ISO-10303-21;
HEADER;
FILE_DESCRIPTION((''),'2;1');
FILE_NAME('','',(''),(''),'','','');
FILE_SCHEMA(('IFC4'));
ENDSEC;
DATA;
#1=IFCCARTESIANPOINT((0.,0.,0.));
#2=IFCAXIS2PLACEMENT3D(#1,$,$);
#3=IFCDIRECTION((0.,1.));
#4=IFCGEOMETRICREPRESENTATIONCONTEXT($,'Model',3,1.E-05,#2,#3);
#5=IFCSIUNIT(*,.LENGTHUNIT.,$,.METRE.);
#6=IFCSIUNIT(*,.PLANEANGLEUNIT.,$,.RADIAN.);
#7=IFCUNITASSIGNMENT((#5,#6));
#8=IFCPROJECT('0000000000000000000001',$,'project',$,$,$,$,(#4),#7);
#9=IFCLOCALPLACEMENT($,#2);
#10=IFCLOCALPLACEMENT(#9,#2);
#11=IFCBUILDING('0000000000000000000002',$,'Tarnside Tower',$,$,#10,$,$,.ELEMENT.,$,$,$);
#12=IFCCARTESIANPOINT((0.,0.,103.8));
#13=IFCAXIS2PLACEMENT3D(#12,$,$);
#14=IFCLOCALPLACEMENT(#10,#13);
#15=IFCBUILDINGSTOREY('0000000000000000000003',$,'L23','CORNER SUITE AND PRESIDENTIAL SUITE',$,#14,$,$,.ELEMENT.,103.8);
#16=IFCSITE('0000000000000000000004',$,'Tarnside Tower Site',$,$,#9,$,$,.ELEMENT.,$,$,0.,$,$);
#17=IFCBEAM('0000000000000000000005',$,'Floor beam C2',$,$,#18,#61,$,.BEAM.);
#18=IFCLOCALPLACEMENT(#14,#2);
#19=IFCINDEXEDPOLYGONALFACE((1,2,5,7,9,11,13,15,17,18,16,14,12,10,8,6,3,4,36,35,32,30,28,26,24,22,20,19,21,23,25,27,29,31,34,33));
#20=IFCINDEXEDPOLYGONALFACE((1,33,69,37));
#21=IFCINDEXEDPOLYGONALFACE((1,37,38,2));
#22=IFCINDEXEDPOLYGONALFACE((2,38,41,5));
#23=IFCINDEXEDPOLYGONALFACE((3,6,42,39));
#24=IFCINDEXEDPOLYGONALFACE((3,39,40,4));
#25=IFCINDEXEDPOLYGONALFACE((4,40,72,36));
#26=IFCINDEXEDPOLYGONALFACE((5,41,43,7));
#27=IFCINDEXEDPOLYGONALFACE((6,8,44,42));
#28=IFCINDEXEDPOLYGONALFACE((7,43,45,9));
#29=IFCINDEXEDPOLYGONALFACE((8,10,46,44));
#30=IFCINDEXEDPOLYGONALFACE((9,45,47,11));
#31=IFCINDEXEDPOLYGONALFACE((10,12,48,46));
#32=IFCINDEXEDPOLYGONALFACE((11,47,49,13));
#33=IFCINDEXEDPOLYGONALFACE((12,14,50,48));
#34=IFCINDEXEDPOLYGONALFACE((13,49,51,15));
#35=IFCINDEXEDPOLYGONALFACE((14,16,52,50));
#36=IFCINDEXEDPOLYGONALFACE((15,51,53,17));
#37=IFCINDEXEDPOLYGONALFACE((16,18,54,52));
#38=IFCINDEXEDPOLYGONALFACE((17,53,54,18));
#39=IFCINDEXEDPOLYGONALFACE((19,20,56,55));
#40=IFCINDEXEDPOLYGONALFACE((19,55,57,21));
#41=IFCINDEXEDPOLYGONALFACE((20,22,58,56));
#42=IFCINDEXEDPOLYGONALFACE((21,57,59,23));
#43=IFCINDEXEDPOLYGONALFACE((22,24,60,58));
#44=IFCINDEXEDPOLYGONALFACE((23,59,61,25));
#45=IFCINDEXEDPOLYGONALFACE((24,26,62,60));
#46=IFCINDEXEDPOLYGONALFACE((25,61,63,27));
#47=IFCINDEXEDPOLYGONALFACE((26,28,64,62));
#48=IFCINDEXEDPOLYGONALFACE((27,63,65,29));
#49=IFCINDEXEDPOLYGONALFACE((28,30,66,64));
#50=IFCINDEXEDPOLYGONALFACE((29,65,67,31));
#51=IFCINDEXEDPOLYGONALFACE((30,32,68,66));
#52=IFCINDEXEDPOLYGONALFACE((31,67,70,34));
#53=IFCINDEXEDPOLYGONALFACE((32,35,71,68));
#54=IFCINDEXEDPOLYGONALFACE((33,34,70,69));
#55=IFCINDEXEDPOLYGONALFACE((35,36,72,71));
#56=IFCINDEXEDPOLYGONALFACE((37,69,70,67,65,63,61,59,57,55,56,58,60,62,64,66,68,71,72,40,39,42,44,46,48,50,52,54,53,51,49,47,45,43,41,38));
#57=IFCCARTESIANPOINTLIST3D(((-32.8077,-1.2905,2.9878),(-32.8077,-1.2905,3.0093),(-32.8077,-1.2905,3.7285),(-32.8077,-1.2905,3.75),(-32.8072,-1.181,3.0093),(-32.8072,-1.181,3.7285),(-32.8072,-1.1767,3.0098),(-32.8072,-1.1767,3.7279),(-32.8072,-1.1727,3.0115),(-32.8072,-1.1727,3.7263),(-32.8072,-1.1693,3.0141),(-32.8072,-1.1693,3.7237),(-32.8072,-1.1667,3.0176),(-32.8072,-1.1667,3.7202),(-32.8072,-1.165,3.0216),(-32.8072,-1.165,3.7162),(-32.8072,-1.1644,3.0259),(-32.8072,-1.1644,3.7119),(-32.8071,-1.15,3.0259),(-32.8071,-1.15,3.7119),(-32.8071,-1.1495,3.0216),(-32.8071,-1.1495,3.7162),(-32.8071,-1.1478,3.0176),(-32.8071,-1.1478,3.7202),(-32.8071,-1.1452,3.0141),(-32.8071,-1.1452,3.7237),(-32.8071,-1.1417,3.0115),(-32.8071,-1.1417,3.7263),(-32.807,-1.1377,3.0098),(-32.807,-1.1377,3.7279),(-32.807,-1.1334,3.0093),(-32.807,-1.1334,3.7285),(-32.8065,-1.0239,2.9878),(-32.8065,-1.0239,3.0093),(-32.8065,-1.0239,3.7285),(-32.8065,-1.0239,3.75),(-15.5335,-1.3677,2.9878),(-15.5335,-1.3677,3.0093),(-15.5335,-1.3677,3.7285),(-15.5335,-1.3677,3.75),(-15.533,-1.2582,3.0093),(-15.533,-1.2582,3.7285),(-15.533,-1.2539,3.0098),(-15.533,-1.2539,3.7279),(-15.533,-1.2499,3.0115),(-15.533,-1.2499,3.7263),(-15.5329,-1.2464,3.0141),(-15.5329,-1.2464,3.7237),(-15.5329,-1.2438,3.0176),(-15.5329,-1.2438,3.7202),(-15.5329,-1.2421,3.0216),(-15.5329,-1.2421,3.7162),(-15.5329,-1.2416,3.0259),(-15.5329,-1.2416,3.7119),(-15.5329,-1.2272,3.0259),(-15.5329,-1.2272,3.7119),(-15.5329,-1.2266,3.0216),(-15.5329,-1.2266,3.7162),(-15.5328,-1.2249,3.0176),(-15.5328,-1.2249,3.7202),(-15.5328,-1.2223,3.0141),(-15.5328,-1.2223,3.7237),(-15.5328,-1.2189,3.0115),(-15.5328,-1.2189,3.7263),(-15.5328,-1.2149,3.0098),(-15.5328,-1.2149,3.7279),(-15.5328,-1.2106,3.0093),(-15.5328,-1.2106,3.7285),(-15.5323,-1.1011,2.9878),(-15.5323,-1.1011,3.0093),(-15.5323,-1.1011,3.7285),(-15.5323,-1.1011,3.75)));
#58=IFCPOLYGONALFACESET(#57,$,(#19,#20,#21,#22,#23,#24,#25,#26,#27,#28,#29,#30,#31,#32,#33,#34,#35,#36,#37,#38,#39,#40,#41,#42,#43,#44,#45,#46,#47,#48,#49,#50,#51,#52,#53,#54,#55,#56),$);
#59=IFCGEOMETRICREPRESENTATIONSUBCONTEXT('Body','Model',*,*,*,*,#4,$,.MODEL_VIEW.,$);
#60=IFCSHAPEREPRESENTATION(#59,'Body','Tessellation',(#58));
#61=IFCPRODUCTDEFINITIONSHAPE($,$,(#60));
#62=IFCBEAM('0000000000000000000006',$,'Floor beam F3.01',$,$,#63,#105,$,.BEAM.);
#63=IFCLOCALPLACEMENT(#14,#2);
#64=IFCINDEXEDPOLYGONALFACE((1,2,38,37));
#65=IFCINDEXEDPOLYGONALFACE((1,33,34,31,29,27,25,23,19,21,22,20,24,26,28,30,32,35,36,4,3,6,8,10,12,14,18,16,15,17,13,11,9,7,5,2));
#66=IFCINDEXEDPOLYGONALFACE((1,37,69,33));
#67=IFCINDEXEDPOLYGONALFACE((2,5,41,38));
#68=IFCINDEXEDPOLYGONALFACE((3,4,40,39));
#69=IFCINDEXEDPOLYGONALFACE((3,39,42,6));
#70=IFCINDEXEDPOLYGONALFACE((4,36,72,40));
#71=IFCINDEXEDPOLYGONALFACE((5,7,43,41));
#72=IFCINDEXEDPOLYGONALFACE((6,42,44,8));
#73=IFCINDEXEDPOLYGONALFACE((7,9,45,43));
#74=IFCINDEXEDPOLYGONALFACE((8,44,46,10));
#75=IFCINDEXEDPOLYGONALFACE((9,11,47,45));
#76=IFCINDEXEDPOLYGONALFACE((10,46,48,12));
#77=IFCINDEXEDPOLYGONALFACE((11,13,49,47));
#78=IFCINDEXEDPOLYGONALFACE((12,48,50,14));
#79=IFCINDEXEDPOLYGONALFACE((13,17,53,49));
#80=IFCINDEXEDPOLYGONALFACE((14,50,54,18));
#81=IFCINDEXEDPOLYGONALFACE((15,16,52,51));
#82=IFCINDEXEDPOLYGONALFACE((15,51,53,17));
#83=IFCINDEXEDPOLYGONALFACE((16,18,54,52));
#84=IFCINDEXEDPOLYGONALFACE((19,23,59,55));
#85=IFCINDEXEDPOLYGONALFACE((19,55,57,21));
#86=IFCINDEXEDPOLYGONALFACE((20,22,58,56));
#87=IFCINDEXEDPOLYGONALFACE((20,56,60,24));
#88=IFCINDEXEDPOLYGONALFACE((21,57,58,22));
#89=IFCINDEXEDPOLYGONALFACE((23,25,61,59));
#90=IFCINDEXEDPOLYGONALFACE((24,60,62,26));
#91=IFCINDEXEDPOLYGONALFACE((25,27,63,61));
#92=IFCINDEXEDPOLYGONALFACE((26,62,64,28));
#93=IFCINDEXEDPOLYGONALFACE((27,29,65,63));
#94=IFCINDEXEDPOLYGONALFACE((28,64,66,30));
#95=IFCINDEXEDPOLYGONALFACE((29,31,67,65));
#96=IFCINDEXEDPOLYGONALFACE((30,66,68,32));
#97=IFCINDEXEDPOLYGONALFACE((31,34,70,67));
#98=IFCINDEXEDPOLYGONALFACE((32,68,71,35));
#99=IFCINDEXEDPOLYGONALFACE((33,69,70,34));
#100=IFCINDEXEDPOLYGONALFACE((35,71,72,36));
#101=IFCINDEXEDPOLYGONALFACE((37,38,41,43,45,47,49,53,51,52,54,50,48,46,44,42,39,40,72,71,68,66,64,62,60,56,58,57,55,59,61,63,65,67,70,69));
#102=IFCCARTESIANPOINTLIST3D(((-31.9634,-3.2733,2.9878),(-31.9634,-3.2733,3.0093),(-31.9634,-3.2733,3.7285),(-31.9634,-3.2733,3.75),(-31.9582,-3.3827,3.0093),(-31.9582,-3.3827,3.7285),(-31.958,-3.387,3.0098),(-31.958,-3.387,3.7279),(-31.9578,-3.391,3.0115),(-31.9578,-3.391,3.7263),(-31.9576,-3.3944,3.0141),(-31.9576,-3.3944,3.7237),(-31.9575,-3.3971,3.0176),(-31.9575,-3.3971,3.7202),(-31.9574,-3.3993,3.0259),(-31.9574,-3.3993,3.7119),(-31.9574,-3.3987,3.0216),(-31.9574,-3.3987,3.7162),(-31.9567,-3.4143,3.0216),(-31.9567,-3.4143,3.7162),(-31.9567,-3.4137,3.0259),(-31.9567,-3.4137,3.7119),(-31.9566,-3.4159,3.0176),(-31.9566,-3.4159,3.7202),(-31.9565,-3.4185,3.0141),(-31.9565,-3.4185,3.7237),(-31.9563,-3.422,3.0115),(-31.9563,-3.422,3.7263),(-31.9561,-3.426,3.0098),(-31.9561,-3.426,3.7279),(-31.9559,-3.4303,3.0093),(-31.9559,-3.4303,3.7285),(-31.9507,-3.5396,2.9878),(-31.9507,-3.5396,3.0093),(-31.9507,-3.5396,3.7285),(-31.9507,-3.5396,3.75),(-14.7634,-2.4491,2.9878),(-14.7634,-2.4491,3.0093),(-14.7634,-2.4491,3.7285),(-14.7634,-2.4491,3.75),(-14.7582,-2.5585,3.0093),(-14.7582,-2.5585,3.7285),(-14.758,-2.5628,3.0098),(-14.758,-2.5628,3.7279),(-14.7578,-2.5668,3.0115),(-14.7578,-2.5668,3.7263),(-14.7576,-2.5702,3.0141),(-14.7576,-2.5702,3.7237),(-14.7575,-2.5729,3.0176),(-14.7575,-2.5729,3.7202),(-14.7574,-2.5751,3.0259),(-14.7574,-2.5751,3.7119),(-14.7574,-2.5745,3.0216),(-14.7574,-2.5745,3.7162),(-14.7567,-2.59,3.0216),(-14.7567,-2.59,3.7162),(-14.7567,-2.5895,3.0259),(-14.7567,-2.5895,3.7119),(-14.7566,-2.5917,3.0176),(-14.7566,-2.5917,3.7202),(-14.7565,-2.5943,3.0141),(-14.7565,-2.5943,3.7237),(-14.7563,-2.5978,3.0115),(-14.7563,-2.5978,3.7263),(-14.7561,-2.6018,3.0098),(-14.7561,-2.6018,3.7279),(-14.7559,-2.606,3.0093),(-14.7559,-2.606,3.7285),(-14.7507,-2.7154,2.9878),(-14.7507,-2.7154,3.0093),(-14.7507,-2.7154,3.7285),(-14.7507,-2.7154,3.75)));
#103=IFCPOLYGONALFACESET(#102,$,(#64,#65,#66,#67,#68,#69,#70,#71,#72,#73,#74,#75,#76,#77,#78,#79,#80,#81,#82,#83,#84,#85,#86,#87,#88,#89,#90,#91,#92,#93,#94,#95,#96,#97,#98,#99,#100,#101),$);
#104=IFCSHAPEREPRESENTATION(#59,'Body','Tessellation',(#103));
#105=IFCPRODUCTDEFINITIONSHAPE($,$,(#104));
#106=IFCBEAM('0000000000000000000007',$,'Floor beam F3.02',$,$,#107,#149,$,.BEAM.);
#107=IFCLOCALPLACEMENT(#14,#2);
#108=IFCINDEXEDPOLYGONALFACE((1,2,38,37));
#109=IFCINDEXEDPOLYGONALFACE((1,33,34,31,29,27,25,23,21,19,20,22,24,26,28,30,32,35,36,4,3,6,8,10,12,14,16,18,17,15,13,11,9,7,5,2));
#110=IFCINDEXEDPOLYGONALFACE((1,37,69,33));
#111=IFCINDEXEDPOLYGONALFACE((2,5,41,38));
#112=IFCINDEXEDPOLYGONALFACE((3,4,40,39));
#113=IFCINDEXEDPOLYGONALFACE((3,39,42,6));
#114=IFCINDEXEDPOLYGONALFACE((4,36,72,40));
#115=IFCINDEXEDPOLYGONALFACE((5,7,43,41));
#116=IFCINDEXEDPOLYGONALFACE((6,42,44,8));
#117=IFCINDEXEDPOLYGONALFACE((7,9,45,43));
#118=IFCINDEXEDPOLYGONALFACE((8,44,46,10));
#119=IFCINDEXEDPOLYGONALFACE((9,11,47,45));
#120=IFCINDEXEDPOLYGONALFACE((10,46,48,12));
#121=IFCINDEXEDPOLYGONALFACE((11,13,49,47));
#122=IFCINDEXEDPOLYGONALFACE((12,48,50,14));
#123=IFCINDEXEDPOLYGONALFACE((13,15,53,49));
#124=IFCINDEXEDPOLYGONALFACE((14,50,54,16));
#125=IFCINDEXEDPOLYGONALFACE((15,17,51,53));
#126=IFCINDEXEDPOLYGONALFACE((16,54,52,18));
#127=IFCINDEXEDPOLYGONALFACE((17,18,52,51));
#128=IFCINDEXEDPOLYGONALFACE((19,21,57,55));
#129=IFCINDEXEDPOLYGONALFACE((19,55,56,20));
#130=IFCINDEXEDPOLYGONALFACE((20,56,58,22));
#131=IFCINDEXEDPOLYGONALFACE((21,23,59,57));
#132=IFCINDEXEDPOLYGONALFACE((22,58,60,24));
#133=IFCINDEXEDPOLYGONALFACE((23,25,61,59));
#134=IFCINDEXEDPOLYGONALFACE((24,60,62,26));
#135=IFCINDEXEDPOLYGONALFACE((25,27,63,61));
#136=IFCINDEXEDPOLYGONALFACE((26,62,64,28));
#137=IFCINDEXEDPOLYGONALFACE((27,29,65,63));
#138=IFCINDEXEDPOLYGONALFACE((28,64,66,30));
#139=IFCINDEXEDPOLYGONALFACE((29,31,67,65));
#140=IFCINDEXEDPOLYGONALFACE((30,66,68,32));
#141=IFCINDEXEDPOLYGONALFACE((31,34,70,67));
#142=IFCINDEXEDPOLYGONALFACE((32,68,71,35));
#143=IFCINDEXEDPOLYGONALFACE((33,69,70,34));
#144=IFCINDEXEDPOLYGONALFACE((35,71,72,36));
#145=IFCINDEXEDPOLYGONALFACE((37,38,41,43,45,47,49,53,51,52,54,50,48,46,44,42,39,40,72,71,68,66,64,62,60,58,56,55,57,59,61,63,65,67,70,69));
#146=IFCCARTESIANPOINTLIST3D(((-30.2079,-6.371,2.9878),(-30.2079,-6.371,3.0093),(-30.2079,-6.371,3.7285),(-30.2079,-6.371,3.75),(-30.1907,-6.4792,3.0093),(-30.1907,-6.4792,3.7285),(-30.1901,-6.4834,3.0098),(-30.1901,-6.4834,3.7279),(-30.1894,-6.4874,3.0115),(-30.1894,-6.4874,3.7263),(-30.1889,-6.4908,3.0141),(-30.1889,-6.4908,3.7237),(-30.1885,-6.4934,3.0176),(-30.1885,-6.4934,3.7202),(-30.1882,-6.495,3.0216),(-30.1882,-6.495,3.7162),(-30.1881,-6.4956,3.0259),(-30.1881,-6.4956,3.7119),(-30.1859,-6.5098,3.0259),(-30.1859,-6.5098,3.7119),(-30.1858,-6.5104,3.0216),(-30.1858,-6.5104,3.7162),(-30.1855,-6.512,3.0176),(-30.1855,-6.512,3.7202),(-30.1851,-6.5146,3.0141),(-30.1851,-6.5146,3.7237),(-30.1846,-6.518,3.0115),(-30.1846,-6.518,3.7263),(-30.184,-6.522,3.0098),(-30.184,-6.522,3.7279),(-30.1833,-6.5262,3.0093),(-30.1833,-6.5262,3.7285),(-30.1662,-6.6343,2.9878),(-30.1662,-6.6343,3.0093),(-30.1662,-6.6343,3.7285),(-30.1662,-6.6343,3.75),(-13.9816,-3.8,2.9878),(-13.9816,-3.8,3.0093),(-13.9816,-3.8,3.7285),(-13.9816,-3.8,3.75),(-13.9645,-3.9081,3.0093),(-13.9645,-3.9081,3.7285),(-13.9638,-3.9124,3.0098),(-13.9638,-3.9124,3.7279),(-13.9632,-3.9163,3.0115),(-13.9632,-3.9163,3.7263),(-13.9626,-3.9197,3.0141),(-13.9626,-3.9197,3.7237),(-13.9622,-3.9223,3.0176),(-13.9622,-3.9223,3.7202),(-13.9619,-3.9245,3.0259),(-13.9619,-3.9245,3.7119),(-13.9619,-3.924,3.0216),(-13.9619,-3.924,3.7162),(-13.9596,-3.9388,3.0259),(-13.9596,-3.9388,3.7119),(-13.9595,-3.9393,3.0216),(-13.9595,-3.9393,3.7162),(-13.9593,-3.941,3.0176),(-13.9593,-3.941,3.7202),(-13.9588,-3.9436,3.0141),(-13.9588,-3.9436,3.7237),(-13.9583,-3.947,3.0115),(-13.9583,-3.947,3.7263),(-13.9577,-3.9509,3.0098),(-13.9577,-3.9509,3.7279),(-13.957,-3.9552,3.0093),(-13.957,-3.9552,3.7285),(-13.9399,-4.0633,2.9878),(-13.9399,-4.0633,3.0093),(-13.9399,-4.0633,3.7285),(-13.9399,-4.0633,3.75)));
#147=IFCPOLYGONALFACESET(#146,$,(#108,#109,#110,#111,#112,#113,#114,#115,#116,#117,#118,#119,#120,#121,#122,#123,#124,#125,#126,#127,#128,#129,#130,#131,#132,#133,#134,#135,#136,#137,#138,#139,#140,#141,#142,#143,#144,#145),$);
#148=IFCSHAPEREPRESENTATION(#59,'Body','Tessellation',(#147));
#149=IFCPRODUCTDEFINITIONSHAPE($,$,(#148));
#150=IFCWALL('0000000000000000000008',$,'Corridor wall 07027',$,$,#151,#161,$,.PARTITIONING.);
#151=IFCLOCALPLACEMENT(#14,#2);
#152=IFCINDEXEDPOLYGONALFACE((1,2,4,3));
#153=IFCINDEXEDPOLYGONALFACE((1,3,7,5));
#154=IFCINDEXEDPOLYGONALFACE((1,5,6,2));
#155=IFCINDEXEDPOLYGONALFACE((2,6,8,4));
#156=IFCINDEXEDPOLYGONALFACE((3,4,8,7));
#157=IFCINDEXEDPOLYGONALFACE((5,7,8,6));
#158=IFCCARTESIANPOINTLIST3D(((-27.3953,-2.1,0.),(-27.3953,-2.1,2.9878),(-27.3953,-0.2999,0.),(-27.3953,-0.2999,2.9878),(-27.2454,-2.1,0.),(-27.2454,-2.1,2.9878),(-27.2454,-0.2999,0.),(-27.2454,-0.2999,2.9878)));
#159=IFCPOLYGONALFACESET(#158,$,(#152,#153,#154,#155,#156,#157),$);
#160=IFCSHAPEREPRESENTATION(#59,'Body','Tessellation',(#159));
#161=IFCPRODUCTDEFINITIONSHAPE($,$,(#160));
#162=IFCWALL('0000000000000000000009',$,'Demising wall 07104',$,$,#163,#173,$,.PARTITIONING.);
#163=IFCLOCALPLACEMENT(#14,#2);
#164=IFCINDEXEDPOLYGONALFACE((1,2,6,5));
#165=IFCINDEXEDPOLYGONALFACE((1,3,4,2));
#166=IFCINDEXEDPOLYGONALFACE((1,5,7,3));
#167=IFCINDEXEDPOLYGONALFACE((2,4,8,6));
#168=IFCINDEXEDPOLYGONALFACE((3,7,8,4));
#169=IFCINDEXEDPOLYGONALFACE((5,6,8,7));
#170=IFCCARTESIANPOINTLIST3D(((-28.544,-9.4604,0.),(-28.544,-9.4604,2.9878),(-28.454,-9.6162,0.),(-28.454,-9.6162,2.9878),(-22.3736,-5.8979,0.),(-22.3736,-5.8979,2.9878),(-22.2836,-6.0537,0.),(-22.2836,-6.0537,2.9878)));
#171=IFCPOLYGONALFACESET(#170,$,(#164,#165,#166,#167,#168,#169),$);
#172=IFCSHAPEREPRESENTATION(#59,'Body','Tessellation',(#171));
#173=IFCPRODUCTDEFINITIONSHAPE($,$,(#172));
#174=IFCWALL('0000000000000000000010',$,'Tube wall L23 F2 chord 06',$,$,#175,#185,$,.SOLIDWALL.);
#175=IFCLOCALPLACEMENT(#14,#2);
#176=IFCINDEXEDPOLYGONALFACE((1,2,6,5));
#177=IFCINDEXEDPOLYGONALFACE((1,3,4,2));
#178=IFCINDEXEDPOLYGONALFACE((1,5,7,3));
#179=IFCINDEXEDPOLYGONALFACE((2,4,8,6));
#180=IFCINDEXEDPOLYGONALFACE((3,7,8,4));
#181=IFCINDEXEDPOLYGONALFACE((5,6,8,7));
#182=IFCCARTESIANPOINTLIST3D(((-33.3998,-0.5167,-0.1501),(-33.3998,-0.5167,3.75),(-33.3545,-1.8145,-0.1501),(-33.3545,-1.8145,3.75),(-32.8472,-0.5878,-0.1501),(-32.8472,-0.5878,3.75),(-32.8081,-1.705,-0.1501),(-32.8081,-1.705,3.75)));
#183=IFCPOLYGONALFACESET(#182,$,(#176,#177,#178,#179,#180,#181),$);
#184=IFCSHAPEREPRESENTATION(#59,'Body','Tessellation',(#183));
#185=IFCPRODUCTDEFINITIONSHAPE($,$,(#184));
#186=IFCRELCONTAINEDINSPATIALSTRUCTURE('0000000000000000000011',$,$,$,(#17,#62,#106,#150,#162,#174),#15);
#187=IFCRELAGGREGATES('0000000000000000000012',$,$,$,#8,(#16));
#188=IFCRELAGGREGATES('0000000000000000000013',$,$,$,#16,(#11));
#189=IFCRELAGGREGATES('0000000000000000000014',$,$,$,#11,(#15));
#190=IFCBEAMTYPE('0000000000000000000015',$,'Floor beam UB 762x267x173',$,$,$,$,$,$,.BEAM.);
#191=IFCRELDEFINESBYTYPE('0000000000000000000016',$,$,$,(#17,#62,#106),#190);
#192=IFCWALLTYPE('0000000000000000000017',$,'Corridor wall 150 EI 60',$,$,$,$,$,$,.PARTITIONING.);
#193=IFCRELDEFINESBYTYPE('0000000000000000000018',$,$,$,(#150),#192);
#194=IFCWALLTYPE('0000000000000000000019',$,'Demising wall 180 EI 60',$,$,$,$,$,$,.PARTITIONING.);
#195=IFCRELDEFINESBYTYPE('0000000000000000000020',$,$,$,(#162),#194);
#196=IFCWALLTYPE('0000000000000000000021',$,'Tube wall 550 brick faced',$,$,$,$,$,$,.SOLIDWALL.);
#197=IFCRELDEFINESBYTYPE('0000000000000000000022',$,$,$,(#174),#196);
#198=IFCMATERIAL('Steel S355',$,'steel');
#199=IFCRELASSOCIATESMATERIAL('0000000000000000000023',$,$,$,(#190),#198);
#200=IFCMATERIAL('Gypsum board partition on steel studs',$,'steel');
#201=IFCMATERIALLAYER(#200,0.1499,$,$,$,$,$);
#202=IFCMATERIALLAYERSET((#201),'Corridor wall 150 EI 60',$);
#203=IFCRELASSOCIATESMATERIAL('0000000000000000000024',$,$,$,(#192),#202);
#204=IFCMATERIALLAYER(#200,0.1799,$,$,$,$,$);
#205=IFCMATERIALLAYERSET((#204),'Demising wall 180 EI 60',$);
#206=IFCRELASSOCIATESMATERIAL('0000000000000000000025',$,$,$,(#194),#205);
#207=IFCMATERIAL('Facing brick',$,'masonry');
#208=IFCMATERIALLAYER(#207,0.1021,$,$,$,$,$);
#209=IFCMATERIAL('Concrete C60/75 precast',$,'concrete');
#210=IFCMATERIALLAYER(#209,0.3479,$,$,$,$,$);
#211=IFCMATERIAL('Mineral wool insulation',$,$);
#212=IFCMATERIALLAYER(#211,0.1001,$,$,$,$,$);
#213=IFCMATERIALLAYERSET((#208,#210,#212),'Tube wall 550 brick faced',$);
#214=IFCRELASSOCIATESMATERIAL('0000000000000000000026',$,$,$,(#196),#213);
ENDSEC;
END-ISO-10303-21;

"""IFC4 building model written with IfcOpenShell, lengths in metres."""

from ifc_helpers import new_model, si_unit, direction, frame, frame_2d, origin, origin_2d, place, context, subcontext, project, spatial, polyline, rectangle, i_section, outline, extrude, material, layer, layer_set, material_profile, profile_set, type_object, element, save


model = new_model("IFC4")

# Units and contexts
model_context = context("Model", 3, precision=1e-05, world=origin(), true_north=direction((0.0, 1.0)))
body_context = subcontext(model_context, "Body", "Model", "MODEL_VIEW")
ifc_project = project(units=[si_unit("LENGTHUNIT", "METRE"), si_unit("PLANEANGLEUNIT", "RADIAN")], contexts=[model_context])

# Site, building, storey
site_placement = place(None, origin())
site = spatial("IfcSite", under=ifc_project, at=site_placement, Name="Tarnside Tower Site", CompositionType="ELEMENT", RefElevation=0.0)
building_placement = place(site_placement, origin())
building = spatial("IfcBuilding", under=site, at=building_placement, Name="Tarnside Tower", CompositionType="ELEMENT")
storey_placement = place(building_placement, frame((0.0, 0.0, 103.8)))
storey = spatial("IfcBuildingStorey", under=building, at=storey_placement, Name="L23", Description="CORNER SUITE AND PRESIDENTIAL SUITE", CompositionType="ELEMENT", Elevation=103.8)

# Beams
ifc_material_1 = material(Name="Steel S355", Category="steel")
ifc_material_profile = material_profile(ifc_material_1, i_section(OverallWidth=0.2666, OverallDepth=0.7622, WebThickness=0.0144, FlangeThickness=0.0215, FilletRadius=0.0166, at=origin_2d()), Name="UB 762x267x173")
ifc_profile_set = profile_set([ifc_material_profile], Name="Steel S355")
beam_type = type_object("IfcBeamType", Name="Floor beam UB 762x267x173", PredefinedType="BEAM", material=ifc_profile_set)
beam_1_placement = place(storey_placement, frame((-32.8071, -1.1572, 3.3689), z_axis=(0.99999, -0.004466, 0.0), x_axis=(0.004466, 0.99999, 0.0)))
element("IfcBeam", 1, at=beam_1_placement, inside=storey, type_object=beam_type, Name="Floor beam C2", PredefinedType="BEAM", context=body_context, shape_type="SweptSolid", body=[
    extrude(i_section(OverallWidth=0.2666, OverallDepth=0.7622, WebThickness=0.0144, FlangeThickness=0.0215, FilletRadius=0.0166, at=origin_2d()), origin(), (0.0, 0.0, 1.0), 17.2744),
])
beam_2_placement = place(storey_placement, frame((-31.957, -3.4065, 3.3689), z_axis=(0.998854, 0.047865, 0.0), x_axis=(-0.047865, 0.998854, 0.0)))
element("IfcBeam", 2, at=beam_2_placement, inside=storey, type_object=beam_type, Name="Floor beam F3.01", PredefinedType="BEAM", context=body_context, shape_type="SweptSolid", body=[
    extrude(i_section(OverallWidth=0.2666, OverallDepth=0.7622, WebThickness=0.0144, FlangeThickness=0.0215, FilletRadius=0.0166, at=origin_2d()), origin(), (0.0, 0.0, 1.0), 17.2197),
])
beam_3_placement = place(storey_placement, frame((-30.187, -6.5027, 3.3689), z_axis=(0.987678, 0.156497, 0.0), x_axis=(-0.156497, 0.987678, 0.0)))
element("IfcBeam", 3, at=beam_3_placement, inside=storey, type_object=beam_type, Name="Floor beam F3.02", PredefinedType="BEAM", context=body_context, shape_type="SweptSolid", body=[
    extrude(i_section(OverallWidth=0.2666, OverallDepth=0.7622, WebThickness=0.0144, FlangeThickness=0.0215, FilletRadius=0.0166, at=origin_2d()), origin(), (0.0, 0.0, 1.0), 16.4287),
])

# Walls
ifc_material_2 = material(Name="Gypsum board partition on steel studs", Category="steel")
ifc_layer_1 = layer(ifc_material_2, 0.1499)
ifc_layer_set_1 = layer_set([ifc_layer_1], Name="Corridor wall 150 EI 60")
wall_type_1 = type_object("IfcWallType", Name="Corridor wall 150 EI 60", PredefinedType="PARTITIONING", material=ifc_layer_set_1)
wall_1_placement = place(storey_placement, frame((-27.3203, -0.3, 0.0), z_axis=(0.0, 0.0, 1.0), x_axis=(0.0, -1.0, 0.0)))
element("IfcWall", 4, at=wall_1_placement, inside=storey, type_object=wall_type_1, Name="Corridor wall 07027", PredefinedType="PARTITIONING", context=body_context, shape_type="SweptSolid", body=[
    extrude(rectangle(XDim=1.8, YDim=0.1499, at=frame_2d((0.8999, 0.0))), origin(), (0.0, 0.0, 1.0), 2.9878),
])
ifc_layer_2 = layer(ifc_material_2, 0.1799)
ifc_layer_set_2 = layer_set([ifc_layer_2], Name="Demising wall 180 EI 60")
wall_type_2 = type_object("IfcWallType", Name="Demising wall 180 EI 60", PredefinedType="PARTITIONING", material=ifc_layer_set_2)
wall_2_placement = place(storey_placement, frame((-28.499, -9.5383, 0.0), z_axis=(0.0, 0.0, 1.0), x_axis=(0.866025, 0.500001, 0.0)))
element("IfcWall", 5, at=wall_2_placement, inside=storey, type_object=wall_type_2, Name="Demising wall 07104", PredefinedType="PARTITIONING", context=body_context, shape_type="SweptSolid", body=[
    extrude(rectangle(XDim=7.125, YDim=0.1799, at=frame_2d((3.5625, 0.0))), origin(), (0.0, 0.0, 1.0), 2.9878),
])
ifc_material_3 = material(Name="Facing brick", Category="masonry")
ifc_layer_3 = layer(ifc_material_3, 0.1021)
ifc_material_4 = material(Name="Concrete C60/75 precast", Category="concrete")
ifc_layer_4 = layer(ifc_material_4, 0.3479)
ifc_material_5 = material(Name="Mineral wool insulation")
ifc_layer_5 = layer(ifc_material_5, 0.1001)
ifc_layer_set_3 = layer_set([ifc_layer_3, ifc_layer_4, ifc_layer_5], Name="Tube wall 550 brick faced")
wall_type_3 = type_object("IfcWallType", Name="Tube wall 550 brick faced", PredefinedType="SOLIDWALL", material=ifc_layer_set_3)
wall_3_placement = place(storey_placement, frame((-33.1235, -0.5522, -0.1501), z_axis=(0.0, 0.0, 1.0), x_axis=(0.034956, -0.999389, 0.0)))
element("IfcWall", 6, at=wall_3_placement, inside=storey, type_object=wall_type_3, Name="Tube wall L23 F2 chord 06", PredefinedType="SOLIDWALL", context=body_context, shape_type="SweptSolid", body=[
    extrude(outline(polyline([(-0.0452, -0.2749), (1.2534, -0.2749), (1.1631, 0.2749), (0.0452, 0.2749), (-0.0452, -0.2749)])), origin(), (0.0, 0.0, 1.0), 3.9001),
])

save(model, "model.ifc")
